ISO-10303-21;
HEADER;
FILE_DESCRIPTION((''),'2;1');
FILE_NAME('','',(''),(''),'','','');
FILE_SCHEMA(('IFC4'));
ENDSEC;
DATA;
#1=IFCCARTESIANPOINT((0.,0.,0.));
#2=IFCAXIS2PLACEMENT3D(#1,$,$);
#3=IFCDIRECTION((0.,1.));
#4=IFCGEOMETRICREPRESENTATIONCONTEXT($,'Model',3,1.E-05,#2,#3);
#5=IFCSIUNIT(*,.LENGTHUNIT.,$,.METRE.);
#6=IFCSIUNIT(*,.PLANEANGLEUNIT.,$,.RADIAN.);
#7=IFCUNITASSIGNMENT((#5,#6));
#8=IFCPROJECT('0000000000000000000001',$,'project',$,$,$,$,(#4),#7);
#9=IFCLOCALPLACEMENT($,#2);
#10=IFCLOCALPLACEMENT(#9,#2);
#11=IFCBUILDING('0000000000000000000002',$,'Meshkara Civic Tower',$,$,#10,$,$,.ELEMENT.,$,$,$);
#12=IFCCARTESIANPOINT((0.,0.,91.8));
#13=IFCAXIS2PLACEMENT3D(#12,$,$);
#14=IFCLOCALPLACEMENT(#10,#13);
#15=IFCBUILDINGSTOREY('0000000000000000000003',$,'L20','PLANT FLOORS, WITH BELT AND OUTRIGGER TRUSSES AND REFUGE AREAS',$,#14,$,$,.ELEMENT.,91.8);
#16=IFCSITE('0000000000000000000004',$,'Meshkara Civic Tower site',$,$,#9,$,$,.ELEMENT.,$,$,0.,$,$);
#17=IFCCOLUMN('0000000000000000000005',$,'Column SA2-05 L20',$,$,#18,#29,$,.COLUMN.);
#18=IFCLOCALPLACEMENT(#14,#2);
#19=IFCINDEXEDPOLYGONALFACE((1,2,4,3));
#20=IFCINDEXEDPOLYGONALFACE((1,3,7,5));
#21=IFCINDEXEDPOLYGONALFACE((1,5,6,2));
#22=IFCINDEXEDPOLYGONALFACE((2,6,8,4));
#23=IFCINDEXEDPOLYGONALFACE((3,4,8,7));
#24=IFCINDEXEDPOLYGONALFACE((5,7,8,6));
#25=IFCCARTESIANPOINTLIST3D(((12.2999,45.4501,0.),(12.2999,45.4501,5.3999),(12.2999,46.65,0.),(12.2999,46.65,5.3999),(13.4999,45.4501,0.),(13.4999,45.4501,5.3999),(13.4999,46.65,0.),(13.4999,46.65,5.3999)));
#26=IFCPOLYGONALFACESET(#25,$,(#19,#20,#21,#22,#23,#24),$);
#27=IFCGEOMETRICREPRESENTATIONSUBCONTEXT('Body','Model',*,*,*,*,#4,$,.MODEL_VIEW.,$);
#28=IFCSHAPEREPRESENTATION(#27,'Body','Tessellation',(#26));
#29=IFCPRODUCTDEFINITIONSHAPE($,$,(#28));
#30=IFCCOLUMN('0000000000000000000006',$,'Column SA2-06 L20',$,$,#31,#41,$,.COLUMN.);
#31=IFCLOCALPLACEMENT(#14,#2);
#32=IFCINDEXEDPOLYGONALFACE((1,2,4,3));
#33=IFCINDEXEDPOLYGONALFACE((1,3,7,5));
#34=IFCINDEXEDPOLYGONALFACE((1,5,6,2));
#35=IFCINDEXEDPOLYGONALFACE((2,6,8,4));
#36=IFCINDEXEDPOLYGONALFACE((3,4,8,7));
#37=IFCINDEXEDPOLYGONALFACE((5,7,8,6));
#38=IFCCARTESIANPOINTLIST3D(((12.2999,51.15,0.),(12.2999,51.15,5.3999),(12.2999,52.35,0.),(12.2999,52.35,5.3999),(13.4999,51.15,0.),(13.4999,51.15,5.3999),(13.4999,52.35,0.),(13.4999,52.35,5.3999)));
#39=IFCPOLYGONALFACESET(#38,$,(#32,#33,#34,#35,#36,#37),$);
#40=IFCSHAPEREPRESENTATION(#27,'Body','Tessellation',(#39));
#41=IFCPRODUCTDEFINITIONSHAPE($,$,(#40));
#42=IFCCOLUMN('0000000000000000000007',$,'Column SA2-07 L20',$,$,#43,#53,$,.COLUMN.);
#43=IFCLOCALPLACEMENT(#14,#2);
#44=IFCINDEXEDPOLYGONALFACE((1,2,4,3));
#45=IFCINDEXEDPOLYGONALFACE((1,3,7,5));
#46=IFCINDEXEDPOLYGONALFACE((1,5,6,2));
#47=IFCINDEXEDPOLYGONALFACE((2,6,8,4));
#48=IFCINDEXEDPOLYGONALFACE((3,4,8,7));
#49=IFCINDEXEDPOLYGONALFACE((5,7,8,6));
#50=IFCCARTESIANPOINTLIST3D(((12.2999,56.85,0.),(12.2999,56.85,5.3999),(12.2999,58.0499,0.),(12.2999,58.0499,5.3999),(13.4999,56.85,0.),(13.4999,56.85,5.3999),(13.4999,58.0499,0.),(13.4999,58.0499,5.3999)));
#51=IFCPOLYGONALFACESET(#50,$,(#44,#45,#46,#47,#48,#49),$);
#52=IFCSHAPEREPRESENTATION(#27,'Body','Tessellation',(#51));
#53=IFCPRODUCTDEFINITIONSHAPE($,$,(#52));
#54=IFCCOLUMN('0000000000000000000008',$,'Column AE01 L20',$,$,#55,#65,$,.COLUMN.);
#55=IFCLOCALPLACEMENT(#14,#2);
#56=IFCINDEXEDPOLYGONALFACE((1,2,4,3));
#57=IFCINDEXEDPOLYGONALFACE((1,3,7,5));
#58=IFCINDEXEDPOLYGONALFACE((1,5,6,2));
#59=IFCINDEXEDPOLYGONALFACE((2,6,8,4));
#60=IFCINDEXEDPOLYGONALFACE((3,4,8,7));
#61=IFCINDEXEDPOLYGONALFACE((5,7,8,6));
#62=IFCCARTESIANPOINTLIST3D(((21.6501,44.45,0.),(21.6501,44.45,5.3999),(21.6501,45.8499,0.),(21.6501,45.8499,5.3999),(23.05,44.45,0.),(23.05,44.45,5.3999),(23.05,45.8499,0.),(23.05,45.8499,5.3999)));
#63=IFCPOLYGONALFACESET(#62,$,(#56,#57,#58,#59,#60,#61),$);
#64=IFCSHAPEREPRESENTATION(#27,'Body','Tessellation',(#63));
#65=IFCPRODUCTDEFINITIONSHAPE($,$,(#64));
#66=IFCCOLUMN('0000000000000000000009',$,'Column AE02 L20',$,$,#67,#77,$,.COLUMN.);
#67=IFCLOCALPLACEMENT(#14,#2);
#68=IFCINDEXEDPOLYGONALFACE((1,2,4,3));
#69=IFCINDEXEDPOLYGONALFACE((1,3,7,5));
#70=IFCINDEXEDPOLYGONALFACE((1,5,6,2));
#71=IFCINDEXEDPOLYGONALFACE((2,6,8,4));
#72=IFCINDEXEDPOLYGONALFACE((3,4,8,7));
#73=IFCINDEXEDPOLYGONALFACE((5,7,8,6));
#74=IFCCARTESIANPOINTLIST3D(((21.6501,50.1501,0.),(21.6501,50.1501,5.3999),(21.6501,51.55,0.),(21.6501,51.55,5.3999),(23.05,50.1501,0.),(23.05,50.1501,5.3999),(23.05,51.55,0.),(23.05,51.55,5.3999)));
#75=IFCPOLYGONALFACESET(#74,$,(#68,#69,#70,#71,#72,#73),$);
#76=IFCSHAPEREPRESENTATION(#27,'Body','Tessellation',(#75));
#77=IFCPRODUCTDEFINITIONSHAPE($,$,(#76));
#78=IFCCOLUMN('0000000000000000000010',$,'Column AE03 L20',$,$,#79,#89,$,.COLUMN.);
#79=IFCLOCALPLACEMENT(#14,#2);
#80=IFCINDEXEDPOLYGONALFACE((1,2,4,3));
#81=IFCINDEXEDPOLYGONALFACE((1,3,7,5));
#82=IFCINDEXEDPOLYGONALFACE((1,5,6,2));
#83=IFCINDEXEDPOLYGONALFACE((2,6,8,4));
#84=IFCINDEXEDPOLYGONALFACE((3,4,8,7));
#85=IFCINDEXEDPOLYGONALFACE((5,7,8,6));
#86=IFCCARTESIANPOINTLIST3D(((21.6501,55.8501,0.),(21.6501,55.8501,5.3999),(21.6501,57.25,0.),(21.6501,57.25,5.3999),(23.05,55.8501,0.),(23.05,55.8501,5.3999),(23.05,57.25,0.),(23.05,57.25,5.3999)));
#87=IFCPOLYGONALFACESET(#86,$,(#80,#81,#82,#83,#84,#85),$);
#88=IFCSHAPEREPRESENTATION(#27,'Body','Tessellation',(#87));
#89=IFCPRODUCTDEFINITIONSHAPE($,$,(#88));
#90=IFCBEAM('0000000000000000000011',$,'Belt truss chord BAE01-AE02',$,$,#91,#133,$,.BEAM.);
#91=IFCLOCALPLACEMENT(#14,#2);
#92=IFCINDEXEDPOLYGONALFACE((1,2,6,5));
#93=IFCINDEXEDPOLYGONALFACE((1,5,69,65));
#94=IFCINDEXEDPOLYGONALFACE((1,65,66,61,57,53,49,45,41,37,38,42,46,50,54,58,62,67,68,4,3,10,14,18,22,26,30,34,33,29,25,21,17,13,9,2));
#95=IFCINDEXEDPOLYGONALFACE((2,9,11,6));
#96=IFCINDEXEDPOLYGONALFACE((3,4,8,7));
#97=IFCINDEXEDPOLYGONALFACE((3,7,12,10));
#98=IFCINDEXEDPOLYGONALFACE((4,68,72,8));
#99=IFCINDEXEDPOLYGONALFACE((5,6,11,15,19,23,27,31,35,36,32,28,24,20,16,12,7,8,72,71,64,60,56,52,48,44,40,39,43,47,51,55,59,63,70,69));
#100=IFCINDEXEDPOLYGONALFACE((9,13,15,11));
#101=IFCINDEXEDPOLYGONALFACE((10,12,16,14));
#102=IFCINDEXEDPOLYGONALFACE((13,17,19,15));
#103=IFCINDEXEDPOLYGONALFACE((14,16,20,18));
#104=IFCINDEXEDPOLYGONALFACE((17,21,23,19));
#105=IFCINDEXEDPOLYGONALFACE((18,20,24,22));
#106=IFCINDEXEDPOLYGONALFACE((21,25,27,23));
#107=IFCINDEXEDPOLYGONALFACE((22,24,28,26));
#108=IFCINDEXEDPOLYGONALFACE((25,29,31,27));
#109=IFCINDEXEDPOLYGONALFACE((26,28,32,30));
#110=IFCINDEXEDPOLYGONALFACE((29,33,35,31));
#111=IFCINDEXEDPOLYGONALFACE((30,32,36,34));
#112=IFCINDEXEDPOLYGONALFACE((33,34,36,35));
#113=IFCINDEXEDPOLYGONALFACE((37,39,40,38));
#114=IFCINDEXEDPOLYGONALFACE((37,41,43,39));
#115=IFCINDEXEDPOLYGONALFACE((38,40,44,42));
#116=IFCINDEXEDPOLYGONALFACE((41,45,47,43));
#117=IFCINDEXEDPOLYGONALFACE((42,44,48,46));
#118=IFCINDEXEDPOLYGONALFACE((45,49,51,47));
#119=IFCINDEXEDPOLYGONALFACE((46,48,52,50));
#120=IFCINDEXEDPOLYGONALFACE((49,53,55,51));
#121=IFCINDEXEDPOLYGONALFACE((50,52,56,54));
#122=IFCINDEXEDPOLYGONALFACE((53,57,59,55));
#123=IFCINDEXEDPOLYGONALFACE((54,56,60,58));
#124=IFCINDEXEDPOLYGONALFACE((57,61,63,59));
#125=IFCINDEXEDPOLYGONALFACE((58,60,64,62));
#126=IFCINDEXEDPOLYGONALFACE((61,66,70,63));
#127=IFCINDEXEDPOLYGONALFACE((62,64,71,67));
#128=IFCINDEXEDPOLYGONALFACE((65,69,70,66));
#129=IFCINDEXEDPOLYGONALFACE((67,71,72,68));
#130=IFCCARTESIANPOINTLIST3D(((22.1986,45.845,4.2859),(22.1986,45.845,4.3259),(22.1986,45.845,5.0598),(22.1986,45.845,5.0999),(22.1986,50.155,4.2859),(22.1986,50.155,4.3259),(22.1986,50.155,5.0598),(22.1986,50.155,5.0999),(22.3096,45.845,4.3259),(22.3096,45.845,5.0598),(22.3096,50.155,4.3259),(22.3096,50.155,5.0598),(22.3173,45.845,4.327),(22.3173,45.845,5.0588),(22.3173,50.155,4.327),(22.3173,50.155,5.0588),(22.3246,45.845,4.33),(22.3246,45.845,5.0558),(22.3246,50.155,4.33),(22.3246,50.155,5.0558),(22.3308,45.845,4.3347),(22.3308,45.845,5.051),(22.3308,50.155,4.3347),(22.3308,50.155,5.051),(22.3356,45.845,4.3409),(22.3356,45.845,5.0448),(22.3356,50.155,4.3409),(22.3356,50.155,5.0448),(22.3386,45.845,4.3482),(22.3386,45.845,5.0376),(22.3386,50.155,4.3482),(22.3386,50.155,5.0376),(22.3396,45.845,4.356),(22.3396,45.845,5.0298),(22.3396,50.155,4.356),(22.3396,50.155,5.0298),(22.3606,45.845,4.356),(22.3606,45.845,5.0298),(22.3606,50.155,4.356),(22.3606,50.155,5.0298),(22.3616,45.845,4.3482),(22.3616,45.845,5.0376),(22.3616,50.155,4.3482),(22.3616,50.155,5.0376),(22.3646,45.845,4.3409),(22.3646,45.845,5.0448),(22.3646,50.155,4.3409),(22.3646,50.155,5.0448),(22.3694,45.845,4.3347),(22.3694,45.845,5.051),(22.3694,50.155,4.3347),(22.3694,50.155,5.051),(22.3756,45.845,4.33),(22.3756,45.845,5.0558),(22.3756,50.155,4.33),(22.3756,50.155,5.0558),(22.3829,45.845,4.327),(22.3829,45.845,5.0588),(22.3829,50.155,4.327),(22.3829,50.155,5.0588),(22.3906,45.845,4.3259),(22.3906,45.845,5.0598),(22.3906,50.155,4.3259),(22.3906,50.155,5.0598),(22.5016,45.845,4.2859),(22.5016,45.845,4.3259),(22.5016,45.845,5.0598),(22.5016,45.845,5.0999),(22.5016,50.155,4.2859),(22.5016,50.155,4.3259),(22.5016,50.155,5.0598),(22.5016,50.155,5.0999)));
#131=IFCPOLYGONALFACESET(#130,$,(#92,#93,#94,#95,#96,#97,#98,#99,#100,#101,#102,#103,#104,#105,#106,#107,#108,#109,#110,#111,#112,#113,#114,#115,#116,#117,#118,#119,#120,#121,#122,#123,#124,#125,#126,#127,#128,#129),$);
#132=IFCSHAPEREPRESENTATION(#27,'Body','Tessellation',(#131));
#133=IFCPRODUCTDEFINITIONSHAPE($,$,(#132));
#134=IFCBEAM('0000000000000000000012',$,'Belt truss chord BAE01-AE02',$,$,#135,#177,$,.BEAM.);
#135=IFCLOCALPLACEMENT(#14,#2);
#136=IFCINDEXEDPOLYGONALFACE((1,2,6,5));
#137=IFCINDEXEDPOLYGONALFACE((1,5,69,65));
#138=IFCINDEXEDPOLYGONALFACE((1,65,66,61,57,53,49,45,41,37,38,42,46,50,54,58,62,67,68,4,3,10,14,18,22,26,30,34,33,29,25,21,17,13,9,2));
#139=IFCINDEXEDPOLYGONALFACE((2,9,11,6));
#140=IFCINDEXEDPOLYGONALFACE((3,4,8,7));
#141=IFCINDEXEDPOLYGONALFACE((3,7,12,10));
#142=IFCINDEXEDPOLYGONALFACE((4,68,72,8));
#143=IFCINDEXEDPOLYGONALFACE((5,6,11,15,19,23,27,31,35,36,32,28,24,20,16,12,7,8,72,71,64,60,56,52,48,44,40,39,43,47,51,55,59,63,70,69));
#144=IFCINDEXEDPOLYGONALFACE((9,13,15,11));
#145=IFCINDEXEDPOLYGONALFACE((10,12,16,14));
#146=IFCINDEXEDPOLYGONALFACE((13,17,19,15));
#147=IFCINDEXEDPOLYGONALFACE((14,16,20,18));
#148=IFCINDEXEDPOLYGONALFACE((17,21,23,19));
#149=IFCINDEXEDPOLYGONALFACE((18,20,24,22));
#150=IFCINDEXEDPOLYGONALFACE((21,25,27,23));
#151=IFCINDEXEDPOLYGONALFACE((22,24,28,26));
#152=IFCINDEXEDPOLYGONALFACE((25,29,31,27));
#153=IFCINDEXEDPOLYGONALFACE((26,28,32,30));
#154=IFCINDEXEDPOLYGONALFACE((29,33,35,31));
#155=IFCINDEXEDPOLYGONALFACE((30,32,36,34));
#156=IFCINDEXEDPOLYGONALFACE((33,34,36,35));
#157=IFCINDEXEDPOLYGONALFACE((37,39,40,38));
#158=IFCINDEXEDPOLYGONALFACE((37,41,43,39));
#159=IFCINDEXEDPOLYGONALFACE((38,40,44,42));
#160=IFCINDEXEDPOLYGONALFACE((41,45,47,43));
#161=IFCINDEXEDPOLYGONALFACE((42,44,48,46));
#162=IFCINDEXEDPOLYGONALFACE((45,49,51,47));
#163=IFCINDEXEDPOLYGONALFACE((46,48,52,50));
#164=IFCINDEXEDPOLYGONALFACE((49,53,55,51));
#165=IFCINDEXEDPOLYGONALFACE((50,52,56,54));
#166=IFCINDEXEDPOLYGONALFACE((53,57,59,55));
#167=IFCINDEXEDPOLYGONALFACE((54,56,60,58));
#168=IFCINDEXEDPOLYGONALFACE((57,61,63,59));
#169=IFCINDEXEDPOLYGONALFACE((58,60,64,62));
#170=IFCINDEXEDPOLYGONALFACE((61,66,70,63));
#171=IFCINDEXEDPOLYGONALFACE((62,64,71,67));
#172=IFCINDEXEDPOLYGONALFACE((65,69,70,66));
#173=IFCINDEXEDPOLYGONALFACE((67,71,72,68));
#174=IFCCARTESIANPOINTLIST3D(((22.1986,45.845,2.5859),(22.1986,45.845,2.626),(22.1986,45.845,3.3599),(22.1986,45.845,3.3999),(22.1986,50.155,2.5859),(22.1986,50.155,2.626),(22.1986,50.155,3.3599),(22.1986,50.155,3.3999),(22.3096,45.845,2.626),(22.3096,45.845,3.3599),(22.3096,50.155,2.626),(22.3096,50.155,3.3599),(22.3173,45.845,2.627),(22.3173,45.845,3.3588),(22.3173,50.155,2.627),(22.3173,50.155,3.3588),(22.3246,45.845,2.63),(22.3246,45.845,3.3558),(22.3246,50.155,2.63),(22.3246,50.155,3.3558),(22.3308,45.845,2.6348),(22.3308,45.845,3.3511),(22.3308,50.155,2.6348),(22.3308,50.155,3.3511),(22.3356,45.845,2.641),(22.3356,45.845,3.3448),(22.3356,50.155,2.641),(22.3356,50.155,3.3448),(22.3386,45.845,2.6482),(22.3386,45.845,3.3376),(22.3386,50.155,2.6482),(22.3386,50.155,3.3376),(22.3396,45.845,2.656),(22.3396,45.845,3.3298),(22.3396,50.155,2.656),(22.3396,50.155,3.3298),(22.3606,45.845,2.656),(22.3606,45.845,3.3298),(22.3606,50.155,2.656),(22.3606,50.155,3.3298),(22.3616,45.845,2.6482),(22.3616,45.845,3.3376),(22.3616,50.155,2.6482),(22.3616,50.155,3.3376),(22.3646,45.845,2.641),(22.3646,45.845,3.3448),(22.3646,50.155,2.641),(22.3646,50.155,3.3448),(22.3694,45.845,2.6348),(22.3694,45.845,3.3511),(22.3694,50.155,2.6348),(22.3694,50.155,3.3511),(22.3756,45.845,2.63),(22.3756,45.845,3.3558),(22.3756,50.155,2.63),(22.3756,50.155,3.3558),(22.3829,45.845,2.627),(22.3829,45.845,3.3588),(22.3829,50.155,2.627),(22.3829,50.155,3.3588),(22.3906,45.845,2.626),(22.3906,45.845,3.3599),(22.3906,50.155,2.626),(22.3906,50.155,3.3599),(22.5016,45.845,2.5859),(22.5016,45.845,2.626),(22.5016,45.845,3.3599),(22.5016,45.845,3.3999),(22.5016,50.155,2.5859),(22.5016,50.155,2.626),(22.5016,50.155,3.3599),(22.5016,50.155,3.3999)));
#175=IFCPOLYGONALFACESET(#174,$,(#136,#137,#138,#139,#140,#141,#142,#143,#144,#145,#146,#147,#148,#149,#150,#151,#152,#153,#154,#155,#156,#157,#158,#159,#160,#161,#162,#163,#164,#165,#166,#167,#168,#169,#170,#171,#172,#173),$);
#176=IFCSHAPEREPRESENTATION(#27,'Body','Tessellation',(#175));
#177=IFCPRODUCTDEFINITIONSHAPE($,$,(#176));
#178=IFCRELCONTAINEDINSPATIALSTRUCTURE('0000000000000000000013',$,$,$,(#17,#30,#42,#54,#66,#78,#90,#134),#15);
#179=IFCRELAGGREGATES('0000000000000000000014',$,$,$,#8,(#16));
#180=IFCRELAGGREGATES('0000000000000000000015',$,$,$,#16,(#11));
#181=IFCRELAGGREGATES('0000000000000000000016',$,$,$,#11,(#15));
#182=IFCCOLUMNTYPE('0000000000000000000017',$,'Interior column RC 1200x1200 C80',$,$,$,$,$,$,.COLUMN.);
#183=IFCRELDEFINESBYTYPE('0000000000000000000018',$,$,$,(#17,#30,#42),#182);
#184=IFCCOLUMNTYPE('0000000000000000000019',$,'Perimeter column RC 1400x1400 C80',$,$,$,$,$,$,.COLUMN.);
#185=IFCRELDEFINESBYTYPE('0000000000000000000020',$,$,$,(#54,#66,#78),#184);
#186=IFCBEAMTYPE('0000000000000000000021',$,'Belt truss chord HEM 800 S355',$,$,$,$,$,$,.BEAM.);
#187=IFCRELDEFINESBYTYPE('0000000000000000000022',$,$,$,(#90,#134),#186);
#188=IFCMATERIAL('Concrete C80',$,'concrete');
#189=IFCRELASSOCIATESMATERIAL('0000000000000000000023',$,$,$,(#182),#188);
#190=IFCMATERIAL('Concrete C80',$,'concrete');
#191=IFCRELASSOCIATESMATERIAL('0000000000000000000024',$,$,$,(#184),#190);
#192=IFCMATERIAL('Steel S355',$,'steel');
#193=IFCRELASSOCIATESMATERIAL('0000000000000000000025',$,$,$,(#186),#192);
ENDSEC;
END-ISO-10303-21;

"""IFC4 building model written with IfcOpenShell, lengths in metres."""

from ifc_helpers import new_model, si_unit, direction, frame, origin, origin_2d, place, context, subcontext, project, spatial, rectangle, i_section, extrude, material, material_profile, profile_set, type_object, element, save


model = new_model("IFC4")

# Units and contexts
model_context = context("Model", 3, precision=1e-05, world=origin(), true_north=direction((0.0, 1.0)))
body_context = subcontext(model_context, "Body", "Model", "MODEL_VIEW")
ifc_project = project(units=[si_unit("LENGTHUNIT", "METRE"), si_unit("PLANEANGLEUNIT", "RADIAN")], contexts=[model_context])

# Site, building, storey
site_placement = place(None, origin())
site = spatial("IfcSite", under=ifc_project, at=site_placement, Name="Meshkara Civic Tower site", CompositionType="ELEMENT", RefElevation=0.0)
building_placement = place(site_placement, origin())
building = spatial("IfcBuilding", under=site, at=building_placement, Name="Meshkara Civic Tower", CompositionType="ELEMENT")
storey_placement = place(building_placement, frame((0.0, 0.0, 91.8)))
storey = spatial("IfcBuildingStorey", under=building, at=storey_placement, Name="L20", Description="PLANT FLOORS, WITH BELT AND OUTRIGGER TRUSSES AND REFUGE AREAS", CompositionType="ELEMENT", Elevation=91.8)

# Columns
ifc_material_1 = material(Name="Concrete C80", Category="concrete")
ifc_material_profile_1 = material_profile(ifc_material_1, rectangle(XDim=1.2, YDim=1.2, at=origin_2d()))
ifc_profile_set_1 = profile_set([ifc_material_profile_1], Name="Concrete C80")
column_type_1 = type_object("IfcColumnType", Name="Interior column RC 1200x1200 C80", PredefinedType="COLUMN", material=ifc_profile_set_1)
for number, where, z_axis, x_axis, name in (
    (1, (12.8999, 46.05, 0.0), (0.0, 0.0, 1.0), (1.0, 0.0, 0.0), "Column SA2-05 L20"),
    (2, (12.8999, 51.75, 0.0), (0.0, 0.0, 1.0), (1.0, 0.0, 0.0), "Column SA2-06 L20"),
    (3, (12.8999, 57.45, 0.0), (0.0, 0.0, 1.0), (1.0, 0.0, 0.0), "Column SA2-07 L20"),
):
    element("IfcColumn", number, at=place(storey_placement, frame(where, z_axis=z_axis, x_axis=x_axis)), inside=storey, type_object=column_type_1, Name=name, PredefinedType="COLUMN", context=body_context, shape_type="SweptSolid", body=[
        extrude(rectangle(XDim=1.2, YDim=1.2, at=origin_2d()), origin(), (0.0, 0.0, 1.0), 5.3999),
    ])
ifc_material_2 = material(Name="Concrete C80", Category="concrete")
ifc_material_profile_2 = material_profile(ifc_material_2, rectangle(XDim=1.3999, YDim=1.3999, at=origin_2d()))
ifc_profile_set_2 = profile_set([ifc_material_profile_2], Name="Concrete C80")
column_type_2 = type_object("IfcColumnType", Name="Perimeter column RC 1400x1400 C80", PredefinedType="COLUMN", material=ifc_profile_set_2)
for number, where, z_axis, x_axis, name in (
    (4, (22.3501, 45.1499, 0.0), (0.0, 0.0, 1.0), (1.0, 0.0, 0.0), "Column AE01 L20"),
    (5, (22.3501, 50.8501, 0.0), (0.0, 0.0, 1.0), (1.0, 0.0, 0.0), "Column AE02 L20"),
    (6, (22.3501, 56.55, 0.0), (0.0, 0.0, 1.0), (1.0, 0.0, 0.0), "Column AE03 L20"),
):
    element("IfcColumn", number, at=place(storey_placement, frame(where, z_axis=z_axis, x_axis=x_axis)), inside=storey, type_object=column_type_2, Name=name, PredefinedType="COLUMN", context=body_context, shape_type="SweptSolid", body=[
        extrude(rectangle(XDim=1.3999, YDim=1.3999, at=origin_2d()), origin(), (0.0, 0.0, 1.0), 5.3999),
    ])

# Beams
ifc_material_3 = material(Name="Steel S355", Category="steel")
ifc_material_profile_3 = material_profile(ifc_material_3, i_section(OverallWidth=0.303, OverallDepth=0.814, WebThickness=0.021, FlangeThickness=0.04, FilletRadius=0.03, at=origin_2d()))
ifc_profile_set_3 = profile_set([ifc_material_profile_3], Name="Steel S355")
beam_type_1 = type_object("IfcBeamType", Name="Belt truss chord HEM 800 S355", PredefinedType="BEAM", material=ifc_profile_set_3)
for number, where, z_axis, x_axis, name in (
    (7, (22.3501, 45.845, 4.6929), (0.0, 1.0, 0.0), (-1.0, 0.0, 0.0), "Belt truss chord BAE01-AE02"),
    (8, (22.3501, 45.845, 2.9929), (0.0, 1.0, 0.0), (-1.0, 0.0, 0.0), "Belt truss chord BAE01-AE02"),
):
    element("IfcBeam", number, at=place(storey_placement, frame(where, z_axis=z_axis, x_axis=x_axis)), inside=storey, type_object=beam_type_1, Name=name, PredefinedType="BEAM", context=body_context, shape_type="SweptSolid", body=[
        extrude(i_section(OverallWidth=0.303, OverallDepth=0.814, WebThickness=0.021, FlangeThickness=0.04, FilletRadius=0.03, at=origin_2d()), origin(), (0.0, 0.0, 1.0), 4.3101),
    ])

save(model, "model.ifc")
